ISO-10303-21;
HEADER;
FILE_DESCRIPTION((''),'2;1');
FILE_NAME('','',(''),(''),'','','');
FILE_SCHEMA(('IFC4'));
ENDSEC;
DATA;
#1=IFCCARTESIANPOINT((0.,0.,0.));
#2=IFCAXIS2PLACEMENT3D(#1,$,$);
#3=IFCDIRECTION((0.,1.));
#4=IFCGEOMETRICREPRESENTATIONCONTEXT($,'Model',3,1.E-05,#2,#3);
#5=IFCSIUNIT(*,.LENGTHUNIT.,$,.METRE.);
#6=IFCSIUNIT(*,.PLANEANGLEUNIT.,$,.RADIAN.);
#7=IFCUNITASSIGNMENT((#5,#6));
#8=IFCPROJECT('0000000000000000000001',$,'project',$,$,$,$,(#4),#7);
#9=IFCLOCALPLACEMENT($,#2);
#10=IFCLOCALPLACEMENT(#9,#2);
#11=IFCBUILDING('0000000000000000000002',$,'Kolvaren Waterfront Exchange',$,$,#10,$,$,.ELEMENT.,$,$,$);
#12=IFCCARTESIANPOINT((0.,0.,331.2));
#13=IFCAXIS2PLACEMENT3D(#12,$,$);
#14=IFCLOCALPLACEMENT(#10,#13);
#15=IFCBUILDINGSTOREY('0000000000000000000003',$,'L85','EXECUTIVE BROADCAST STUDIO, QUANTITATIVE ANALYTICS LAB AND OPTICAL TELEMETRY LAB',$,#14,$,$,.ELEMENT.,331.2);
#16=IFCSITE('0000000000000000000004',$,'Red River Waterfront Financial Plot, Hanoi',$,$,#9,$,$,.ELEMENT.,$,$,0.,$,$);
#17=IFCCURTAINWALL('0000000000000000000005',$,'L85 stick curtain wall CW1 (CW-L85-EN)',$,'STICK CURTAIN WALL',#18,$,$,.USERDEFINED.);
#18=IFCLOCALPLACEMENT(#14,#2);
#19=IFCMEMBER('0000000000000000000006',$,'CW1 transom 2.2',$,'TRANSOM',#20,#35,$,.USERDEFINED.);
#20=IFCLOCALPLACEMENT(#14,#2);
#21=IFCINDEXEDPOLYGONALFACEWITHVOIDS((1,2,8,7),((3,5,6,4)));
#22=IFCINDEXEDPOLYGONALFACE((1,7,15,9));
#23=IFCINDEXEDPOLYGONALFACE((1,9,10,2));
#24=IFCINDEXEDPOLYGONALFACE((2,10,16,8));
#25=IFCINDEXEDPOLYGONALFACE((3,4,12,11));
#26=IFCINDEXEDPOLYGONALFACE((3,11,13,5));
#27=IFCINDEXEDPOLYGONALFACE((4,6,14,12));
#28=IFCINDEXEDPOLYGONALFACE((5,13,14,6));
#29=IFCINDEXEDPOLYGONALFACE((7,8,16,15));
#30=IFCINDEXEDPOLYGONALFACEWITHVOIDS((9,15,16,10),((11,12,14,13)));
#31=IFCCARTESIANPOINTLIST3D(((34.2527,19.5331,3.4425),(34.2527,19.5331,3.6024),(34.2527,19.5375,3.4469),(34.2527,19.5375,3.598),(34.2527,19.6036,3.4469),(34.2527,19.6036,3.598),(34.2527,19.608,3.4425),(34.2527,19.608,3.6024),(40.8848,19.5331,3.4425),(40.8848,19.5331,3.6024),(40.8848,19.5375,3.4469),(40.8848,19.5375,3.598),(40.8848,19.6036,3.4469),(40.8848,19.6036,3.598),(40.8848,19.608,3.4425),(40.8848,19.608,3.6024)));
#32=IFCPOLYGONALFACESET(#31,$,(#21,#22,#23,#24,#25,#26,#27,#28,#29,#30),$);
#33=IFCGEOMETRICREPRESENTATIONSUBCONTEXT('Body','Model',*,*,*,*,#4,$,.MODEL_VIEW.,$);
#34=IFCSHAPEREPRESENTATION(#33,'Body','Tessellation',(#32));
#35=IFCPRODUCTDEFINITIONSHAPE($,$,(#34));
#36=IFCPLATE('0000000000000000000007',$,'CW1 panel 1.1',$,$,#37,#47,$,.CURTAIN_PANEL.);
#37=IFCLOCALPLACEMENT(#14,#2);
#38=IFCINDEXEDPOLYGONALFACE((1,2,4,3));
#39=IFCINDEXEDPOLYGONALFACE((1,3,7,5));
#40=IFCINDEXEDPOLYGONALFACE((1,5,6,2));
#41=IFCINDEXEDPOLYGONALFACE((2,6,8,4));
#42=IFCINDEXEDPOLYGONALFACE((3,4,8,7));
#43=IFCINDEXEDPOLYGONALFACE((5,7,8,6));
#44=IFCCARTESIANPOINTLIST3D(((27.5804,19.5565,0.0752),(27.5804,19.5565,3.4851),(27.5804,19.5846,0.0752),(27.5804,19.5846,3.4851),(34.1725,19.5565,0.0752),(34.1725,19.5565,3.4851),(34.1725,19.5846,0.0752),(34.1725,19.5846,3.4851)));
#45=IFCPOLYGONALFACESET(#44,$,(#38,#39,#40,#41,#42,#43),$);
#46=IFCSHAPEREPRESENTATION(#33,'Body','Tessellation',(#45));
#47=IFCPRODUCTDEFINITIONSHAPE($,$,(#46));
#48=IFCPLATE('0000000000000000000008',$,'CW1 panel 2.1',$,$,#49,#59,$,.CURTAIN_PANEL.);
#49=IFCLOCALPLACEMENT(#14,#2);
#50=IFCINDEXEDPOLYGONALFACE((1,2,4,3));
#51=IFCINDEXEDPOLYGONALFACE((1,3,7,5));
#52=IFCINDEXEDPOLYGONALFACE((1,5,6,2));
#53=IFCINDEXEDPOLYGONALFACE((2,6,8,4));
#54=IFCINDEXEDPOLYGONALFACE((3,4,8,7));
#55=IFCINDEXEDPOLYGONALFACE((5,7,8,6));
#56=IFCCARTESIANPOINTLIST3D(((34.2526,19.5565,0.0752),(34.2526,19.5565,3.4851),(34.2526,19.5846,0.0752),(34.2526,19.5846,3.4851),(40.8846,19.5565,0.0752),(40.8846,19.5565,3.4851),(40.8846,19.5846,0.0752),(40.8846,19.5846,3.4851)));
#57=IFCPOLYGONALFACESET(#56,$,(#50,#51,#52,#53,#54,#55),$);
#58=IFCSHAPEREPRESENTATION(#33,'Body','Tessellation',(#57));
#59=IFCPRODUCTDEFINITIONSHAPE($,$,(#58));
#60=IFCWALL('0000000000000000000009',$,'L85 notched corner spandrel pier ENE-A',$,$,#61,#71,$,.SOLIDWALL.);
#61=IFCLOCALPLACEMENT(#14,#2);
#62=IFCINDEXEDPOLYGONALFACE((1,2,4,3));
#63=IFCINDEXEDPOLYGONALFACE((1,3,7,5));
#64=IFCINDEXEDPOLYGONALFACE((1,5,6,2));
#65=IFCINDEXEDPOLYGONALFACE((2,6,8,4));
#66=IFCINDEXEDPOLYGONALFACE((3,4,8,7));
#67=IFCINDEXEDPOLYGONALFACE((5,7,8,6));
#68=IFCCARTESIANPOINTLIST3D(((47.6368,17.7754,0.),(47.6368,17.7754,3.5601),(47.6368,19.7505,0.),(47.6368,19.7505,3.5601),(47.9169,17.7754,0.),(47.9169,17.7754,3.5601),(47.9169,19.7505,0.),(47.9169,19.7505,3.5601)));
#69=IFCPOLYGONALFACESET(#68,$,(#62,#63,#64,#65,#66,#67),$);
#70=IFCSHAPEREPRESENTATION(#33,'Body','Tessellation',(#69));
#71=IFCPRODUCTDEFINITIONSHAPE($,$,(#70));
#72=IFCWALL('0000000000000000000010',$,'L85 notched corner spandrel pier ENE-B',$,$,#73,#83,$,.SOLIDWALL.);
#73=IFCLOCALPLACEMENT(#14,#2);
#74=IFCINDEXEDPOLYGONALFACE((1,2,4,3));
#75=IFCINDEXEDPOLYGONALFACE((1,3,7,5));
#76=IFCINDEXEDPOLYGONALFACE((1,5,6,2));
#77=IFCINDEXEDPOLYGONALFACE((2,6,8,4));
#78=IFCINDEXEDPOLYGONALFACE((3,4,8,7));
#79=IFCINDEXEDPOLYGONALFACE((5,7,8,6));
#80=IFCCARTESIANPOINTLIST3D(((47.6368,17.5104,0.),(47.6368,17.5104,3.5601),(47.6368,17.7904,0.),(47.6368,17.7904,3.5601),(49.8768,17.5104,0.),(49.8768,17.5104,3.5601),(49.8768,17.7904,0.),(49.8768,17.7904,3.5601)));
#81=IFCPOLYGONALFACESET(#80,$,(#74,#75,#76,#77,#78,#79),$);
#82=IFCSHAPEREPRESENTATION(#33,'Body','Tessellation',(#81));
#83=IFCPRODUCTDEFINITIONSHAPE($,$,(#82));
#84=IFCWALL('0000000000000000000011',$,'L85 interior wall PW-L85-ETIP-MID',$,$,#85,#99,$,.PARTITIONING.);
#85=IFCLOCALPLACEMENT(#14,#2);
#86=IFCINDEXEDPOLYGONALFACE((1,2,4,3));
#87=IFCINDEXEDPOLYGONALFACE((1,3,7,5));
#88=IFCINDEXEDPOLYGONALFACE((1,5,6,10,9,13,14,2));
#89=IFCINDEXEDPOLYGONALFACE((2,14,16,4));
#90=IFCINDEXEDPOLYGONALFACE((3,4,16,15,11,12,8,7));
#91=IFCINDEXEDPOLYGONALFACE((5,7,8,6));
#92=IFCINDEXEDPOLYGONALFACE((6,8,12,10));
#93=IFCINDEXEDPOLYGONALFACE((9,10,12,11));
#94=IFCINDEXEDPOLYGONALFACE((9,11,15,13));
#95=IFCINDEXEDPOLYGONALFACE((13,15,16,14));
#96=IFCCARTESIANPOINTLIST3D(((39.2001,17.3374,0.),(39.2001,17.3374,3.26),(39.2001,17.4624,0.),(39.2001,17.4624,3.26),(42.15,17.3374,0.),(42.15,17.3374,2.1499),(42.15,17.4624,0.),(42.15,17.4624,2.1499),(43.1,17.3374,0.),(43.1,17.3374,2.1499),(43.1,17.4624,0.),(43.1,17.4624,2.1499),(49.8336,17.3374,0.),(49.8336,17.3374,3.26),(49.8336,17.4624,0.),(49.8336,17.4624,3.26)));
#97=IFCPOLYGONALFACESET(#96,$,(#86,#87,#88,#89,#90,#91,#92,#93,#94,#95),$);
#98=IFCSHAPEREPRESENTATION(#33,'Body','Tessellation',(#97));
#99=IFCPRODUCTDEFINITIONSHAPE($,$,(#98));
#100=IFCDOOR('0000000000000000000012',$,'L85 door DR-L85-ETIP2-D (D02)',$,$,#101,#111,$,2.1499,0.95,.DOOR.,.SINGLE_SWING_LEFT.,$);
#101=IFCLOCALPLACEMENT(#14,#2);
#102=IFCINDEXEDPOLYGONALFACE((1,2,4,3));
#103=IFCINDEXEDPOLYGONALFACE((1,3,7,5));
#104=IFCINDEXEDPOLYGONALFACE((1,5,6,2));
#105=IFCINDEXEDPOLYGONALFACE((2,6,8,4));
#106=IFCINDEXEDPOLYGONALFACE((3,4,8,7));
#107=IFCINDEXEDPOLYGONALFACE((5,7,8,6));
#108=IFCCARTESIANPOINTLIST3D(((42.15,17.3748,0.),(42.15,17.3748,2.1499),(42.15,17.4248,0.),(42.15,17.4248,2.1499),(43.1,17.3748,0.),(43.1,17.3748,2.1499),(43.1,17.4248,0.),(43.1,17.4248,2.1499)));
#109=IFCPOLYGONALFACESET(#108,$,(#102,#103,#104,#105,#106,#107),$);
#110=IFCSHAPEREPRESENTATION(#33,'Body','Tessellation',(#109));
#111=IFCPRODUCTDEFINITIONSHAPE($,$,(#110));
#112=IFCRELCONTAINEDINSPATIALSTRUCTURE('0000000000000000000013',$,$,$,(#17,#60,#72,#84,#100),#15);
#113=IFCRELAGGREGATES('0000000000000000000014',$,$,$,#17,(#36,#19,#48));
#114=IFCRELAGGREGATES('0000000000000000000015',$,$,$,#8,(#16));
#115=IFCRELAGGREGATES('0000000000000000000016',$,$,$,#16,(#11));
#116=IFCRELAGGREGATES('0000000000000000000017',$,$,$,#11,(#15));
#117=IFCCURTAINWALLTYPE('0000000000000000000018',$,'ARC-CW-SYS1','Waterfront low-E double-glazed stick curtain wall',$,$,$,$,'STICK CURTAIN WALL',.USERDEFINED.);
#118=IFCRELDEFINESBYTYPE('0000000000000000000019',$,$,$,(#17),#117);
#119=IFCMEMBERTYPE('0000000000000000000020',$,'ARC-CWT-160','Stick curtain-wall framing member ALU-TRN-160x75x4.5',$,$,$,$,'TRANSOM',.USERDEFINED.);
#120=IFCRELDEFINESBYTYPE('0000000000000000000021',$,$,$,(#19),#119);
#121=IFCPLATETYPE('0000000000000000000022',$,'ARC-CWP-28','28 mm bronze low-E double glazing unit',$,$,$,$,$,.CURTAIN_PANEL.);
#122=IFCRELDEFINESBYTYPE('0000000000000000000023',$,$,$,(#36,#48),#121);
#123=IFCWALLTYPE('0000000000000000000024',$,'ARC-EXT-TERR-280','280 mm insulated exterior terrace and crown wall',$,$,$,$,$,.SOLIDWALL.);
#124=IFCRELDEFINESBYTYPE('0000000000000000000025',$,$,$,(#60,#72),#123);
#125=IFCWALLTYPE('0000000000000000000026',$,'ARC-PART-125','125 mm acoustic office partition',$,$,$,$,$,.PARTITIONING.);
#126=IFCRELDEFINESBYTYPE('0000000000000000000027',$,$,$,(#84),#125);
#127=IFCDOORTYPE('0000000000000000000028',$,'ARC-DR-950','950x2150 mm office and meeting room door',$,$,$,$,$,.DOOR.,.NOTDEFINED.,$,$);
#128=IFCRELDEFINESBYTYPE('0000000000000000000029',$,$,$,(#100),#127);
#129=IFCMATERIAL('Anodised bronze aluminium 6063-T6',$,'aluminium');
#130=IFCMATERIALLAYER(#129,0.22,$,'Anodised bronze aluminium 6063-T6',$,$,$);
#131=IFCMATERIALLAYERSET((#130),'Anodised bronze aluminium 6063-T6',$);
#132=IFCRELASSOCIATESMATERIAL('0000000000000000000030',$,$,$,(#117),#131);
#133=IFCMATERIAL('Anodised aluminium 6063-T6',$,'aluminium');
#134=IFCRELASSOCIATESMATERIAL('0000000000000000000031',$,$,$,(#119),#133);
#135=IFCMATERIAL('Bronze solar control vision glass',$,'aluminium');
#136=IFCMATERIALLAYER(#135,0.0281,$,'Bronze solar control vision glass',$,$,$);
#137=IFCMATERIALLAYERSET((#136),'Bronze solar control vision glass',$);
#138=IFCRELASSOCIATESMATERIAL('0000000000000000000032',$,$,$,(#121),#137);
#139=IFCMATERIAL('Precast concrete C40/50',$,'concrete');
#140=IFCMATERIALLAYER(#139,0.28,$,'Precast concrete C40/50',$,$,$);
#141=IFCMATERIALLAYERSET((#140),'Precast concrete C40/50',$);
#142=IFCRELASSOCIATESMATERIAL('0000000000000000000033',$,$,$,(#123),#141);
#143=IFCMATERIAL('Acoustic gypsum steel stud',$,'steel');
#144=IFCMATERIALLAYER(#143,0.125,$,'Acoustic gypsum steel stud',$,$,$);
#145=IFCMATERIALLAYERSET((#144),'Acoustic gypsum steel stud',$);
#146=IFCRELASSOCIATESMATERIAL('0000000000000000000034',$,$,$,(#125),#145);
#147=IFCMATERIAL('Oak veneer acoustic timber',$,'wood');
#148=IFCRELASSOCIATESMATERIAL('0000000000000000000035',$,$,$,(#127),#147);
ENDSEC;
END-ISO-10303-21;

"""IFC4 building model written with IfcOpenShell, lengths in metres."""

from ifc_helpers import new_model, si_unit, direction, frame, frame_2d, origin, origin_with_axes, origin_2d, place, context, subcontext, project, spatial, rectangle, hollow_rectangle, extrude, source, transform, mapped, material, layer, layer_set, material_profile, profile_set, type_object, element, fill, aggregate, save


model = new_model("IFC4")

# Units and contexts
model_context = context("Model", 3, precision=1e-05, world=origin(), true_north=direction((0.0, 1.0)))
body_context = subcontext(model_context, "Body", "Model", "MODEL_VIEW")
ifc_project = project(units=[si_unit("LENGTHUNIT", "METRE"), si_unit("PLANEANGLEUNIT", "RADIAN")], contexts=[model_context])

# Site, building, storey
site_placement = place(None, origin())
site = spatial("IfcSite", under=ifc_project, at=site_placement, Name="Red River Waterfront Financial Plot, Hanoi", CompositionType="ELEMENT", RefElevation=0.0)
building_placement = place(site_placement, origin())
building = spatial("IfcBuilding", under=site, at=building_placement, Name="Kolvaren Waterfront Exchange", CompositionType="ELEMENT")
storey_placement = place(building_placement, frame((0.0, 0.0, 331.2)))
storey = spatial("IfcBuildingStorey", under=building, at=storey_placement, Name="L85", Description="EXECUTIVE BROADCAST STUDIO, QUANTITATIVE ANALYTICS LAB AND OPTICAL TELEMETRY LAB", CompositionType="ELEMENT", Elevation=331.2)

# Curtain wall, member, plates
ifc_material_1 = material(Name="Anodised bronze aluminium 6063-T6", Category="aluminium")
ifc_layer_1 = layer(ifc_material_1, 0.22, Name="Anodised bronze aluminium 6063-T6")
ifc_layer_set_1 = layer_set([ifc_layer_1], Name="Anodised bronze aluminium 6063-T6")
curtain_wall_type = type_object("IfcCurtainWallType", Name="ARC-CW-SYS1", Description="Waterfront low-E double-glazed stick curtain wall", ElementType="STICK CURTAIN WALL", PredefinedType="USERDEFINED", material=ifc_layer_set_1)
curtain_wall_placement = place(storey_placement, origin())
curtain_wall = element("IfcCurtainWall", 1, at=curtain_wall_placement, inside=storey, type_object=curtain_wall_type, Name="L85 stick curtain wall CW1 (CW-L85-EN)", ObjectType="STICK CURTAIN WALL", PredefinedType="USERDEFINED")
ifc_material_2 = material(Name="Anodised aluminium 6063-T6", Category="aluminium")
ifc_material_profile_1 = material_profile(ifc_material_2, hollow_rectangle(XDim=0.075, YDim=0.1599, WallThickness=0.0044, at=origin_2d()), Name="ALU-TRN-160x75x4.5")
ifc_profile_set_1 = profile_set([ifc_material_profile_1], Name="Anodised aluminium 6063-T6")
member_type_1 = type_object("IfcMemberType", Name="ARC-CWT-160", Description="Stick curtain-wall framing member ALU-TRN-160x75x4.5", ElementType="TRANSOM", PredefinedType="USERDEFINED", material=ifc_profile_set_1)
shared_shape_1 = source(origin_with_axes(), body_context, "Body", "SweptSolid", [
    extrude(hollow_rectangle(XDim=0.075, YDim=0.1599, WallThickness=0.0044, at=origin_2d()), origin(), (0.0, 0.0, 1.0), 6.6321),
])
member_1_placement = place(storey_placement, frame((34.2527, 19.5706, 3.5225), z_axis=(1.0, 0.0, 0.0), x_axis=(0.0, 1.0, 0.0)))
member_1 = element("IfcMember", 2, at=member_1_placement, type_object=member_type_1, Name="CW1 transom 2.2", ObjectType="TRANSOM", PredefinedType="USERDEFINED", context=body_context, shape_type="MappedRepresentation", body=[
    mapped(shared_shape_1, transform((0.0, 0.0, 0.0), x_axis=(1.0, 0.0, 0.0), y_axis=(0.0, 1.0, 0.0), z_axis=(0.0, 0.0, 1.0), scale=1.0)),
])
ifc_material_3 = material(Name="Bronze solar control vision glass", Category="aluminium")
ifc_layer_2 = layer(ifc_material_3, 0.0281, Name="Bronze solar control vision glass")
ifc_layer_set_2 = layer_set([ifc_layer_2], Name="Bronze solar control vision glass")
plate_type = type_object("IfcPlateType", Name="ARC-CWP-28", Description="28 mm bronze low-E double glazing unit", PredefinedType="CURTAIN_PANEL", material=ifc_layer_set_2)
shared_shape_2 = source(origin_with_axes(), body_context, "Body", "SweptSolid", [
    extrude(rectangle(XDim=6.592, YDim=0.0281, at=origin_2d()), origin(), (0.0, 0.0, 1.0), 3.4099),
])
plate_1_placement = place(storey_placement, frame((30.8765, 19.5706, 0.0752), z_axis=(0.0, 0.0, 1.0), x_axis=(1.0, 0.0, 0.0)))
plate_1 = element("IfcPlate", 3, at=plate_1_placement, type_object=plate_type, Name="CW1 panel 1.1", PredefinedType="CURTAIN_PANEL", context=body_context, shape_type="MappedRepresentation", body=[
    mapped(shared_shape_2, transform((0.0, 0.0, 0.0), x_axis=(1.0, 0.0, 0.0), y_axis=(0.0, 1.0, 0.0), z_axis=(0.0, 0.0, 1.0), scale=1.0)),
])
shared_shape_3 = source(origin_with_axes(), body_context, "Body", "SweptSolid", [
    extrude(rectangle(XDim=6.6321, YDim=0.0281, at=origin_2d()), origin(), (0.0, 0.0, 1.0), 3.4099),
])
plate_2_placement = place(storey_placement, frame((37.5686, 19.5706, 0.0752), z_axis=(0.0, 0.0, 1.0), x_axis=(1.0, 0.0, 0.0)))
plate_2 = element("IfcPlate", 4, at=plate_2_placement, type_object=plate_type, Name="CW1 panel 2.1", PredefinedType="CURTAIN_PANEL", context=body_context, shape_type="MappedRepresentation", body=[
    mapped(shared_shape_3, transform((0.0, 0.0, 0.0), x_axis=(1.0, 0.0, 0.0), y_axis=(0.0, 1.0, 0.0), z_axis=(0.0, 0.0, 1.0), scale=1.0)),
])
aggregate(curtain_wall, [plate_1, member_1, plate_2])

# Walls
ifc_material_4 = material(Name="Precast concrete C40/50", Category="concrete")
ifc_layer_3 = layer(ifc_material_4, 0.28, Name="Precast concrete C40/50")
ifc_layer_set_3 = layer_set([ifc_layer_3], Name="Precast concrete C40/50")
wall_type_1 = type_object("IfcWallType", Name="ARC-EXT-TERR-280", Description="280 mm insulated exterior terrace and crown wall", PredefinedType="SOLIDWALL", material=ifc_layer_set_3)
wall_1_placement = place(storey_placement, frame((47.7769, 17.7754, 0.0), z_axis=(0.0, 0.0, 1.0), x_axis=(0.0, 1.0, 0.0)))
element("IfcWall", 5, at=wall_1_placement, inside=storey, type_object=wall_type_1, Name="L85 notched corner spandrel pier ENE-A", PredefinedType="SOLIDWALL", context=body_context, shape_type="SweptSolid", body=[
    extrude(rectangle(XDim=1.9751, YDim=0.28, at=frame_2d((0.9875, 0.0))), origin(), (0.0, 0.0, 1.0), 3.5601),
])
wall_2_placement = place(storey_placement, frame((47.6367, 17.6504, 0.0), z_axis=(0.0, 0.0, 1.0), x_axis=(1.0, 0.0, 0.0)))
element("IfcWall", 6, at=wall_2_placement, inside=storey, type_object=wall_type_1, Name="L85 notched corner spandrel pier ENE-B", PredefinedType="SOLIDWALL", context=body_context, shape_type="SweptSolid", body=[
    extrude(rectangle(XDim=2.24, YDim=0.28, at=frame_2d((1.1201, 0.0))), origin(), (0.0, 0.0, 1.0), 3.5601),
])

# Wall, opening, door
ifc_material_5 = material(Name="Acoustic gypsum steel stud", Category="steel")
ifc_layer_4 = layer(ifc_material_5, 0.125, Name="Acoustic gypsum steel stud")
ifc_layer_set_4 = layer_set([ifc_layer_4], Name="Acoustic gypsum steel stud")
wall_type_2 = type_object("IfcWallType", Name="ARC-PART-125", Description="125 mm acoustic office partition", PredefinedType="PARTITIONING", material=ifc_layer_set_4)
wall_3_placement = place(storey_placement, frame((39.2, 17.3999, 0.0), z_axis=(0.0, 0.0, 1.0), x_axis=(1.0, 0.0, 0.0)))
wall_3 = element("IfcWall", 7, at=wall_3_placement, inside=storey, type_object=wall_type_2, Name="L85 interior wall PW-L85-ETIP-MID", PredefinedType="PARTITIONING", context=body_context, shape_type="SweptSolid", body=[
    extrude(rectangle(XDim=10.6335, YDim=0.125, at=frame_2d((5.3169, 0.0))), origin(), (0.0, 0.0, 1.0), 3.26),
])
opening_placement = place(wall_3_placement, frame((2.95, 0.0, 0.0)))
opening = element("IfcOpeningElement", 8, at=opening_placement, cuts=wall_3, PredefinedType="OPENING", context=body_context, shape_type="SweptSolid", body=[
    extrude(rectangle(XDim=0.95, YDim=2.1499, at=frame_2d((0.4751, 1.075))), frame((0.0, 0.0725, 0.0), z_axis=(0.0, -1.0, 0.0), x_axis=(1.0, 0.0, 0.0)), (0.0, 0.0, 1.0), 0.145),
])
ifc_material_6 = material(Name="Oak veneer acoustic timber", Category="wood")
door_type = type_object("IfcDoorType", Name="ARC-DR-950", Description="950x2150 mm office and meeting room door", OperationType="NOTDEFINED", PredefinedType="DOOR", material=ifc_material_6)
door_placement = place(opening_placement, origin())
door = element("IfcDoor", 9, at=door_placement, inside=storey, type_object=door_type, Name="L85 door DR-L85-ETIP2-D (D02)", OperationType="SINGLE_SWING_LEFT", OverallHeight=2.1499, OverallWidth=0.95, PredefinedType="DOOR", context=body_context, shape_type="SweptSolid", body=[
    extrude(rectangle(XDim=0.95, YDim=2.1499, at=frame_2d((0.4751, 1.075))), frame((0.0, 0.0249, 0.0), z_axis=(0.0, -1.0, 0.0), x_axis=(1.0, 0.0, 0.0)), (0.0, 0.0, 1.0), 0.05),
])
fill(opening, door)

save(model, "model.ifc")
